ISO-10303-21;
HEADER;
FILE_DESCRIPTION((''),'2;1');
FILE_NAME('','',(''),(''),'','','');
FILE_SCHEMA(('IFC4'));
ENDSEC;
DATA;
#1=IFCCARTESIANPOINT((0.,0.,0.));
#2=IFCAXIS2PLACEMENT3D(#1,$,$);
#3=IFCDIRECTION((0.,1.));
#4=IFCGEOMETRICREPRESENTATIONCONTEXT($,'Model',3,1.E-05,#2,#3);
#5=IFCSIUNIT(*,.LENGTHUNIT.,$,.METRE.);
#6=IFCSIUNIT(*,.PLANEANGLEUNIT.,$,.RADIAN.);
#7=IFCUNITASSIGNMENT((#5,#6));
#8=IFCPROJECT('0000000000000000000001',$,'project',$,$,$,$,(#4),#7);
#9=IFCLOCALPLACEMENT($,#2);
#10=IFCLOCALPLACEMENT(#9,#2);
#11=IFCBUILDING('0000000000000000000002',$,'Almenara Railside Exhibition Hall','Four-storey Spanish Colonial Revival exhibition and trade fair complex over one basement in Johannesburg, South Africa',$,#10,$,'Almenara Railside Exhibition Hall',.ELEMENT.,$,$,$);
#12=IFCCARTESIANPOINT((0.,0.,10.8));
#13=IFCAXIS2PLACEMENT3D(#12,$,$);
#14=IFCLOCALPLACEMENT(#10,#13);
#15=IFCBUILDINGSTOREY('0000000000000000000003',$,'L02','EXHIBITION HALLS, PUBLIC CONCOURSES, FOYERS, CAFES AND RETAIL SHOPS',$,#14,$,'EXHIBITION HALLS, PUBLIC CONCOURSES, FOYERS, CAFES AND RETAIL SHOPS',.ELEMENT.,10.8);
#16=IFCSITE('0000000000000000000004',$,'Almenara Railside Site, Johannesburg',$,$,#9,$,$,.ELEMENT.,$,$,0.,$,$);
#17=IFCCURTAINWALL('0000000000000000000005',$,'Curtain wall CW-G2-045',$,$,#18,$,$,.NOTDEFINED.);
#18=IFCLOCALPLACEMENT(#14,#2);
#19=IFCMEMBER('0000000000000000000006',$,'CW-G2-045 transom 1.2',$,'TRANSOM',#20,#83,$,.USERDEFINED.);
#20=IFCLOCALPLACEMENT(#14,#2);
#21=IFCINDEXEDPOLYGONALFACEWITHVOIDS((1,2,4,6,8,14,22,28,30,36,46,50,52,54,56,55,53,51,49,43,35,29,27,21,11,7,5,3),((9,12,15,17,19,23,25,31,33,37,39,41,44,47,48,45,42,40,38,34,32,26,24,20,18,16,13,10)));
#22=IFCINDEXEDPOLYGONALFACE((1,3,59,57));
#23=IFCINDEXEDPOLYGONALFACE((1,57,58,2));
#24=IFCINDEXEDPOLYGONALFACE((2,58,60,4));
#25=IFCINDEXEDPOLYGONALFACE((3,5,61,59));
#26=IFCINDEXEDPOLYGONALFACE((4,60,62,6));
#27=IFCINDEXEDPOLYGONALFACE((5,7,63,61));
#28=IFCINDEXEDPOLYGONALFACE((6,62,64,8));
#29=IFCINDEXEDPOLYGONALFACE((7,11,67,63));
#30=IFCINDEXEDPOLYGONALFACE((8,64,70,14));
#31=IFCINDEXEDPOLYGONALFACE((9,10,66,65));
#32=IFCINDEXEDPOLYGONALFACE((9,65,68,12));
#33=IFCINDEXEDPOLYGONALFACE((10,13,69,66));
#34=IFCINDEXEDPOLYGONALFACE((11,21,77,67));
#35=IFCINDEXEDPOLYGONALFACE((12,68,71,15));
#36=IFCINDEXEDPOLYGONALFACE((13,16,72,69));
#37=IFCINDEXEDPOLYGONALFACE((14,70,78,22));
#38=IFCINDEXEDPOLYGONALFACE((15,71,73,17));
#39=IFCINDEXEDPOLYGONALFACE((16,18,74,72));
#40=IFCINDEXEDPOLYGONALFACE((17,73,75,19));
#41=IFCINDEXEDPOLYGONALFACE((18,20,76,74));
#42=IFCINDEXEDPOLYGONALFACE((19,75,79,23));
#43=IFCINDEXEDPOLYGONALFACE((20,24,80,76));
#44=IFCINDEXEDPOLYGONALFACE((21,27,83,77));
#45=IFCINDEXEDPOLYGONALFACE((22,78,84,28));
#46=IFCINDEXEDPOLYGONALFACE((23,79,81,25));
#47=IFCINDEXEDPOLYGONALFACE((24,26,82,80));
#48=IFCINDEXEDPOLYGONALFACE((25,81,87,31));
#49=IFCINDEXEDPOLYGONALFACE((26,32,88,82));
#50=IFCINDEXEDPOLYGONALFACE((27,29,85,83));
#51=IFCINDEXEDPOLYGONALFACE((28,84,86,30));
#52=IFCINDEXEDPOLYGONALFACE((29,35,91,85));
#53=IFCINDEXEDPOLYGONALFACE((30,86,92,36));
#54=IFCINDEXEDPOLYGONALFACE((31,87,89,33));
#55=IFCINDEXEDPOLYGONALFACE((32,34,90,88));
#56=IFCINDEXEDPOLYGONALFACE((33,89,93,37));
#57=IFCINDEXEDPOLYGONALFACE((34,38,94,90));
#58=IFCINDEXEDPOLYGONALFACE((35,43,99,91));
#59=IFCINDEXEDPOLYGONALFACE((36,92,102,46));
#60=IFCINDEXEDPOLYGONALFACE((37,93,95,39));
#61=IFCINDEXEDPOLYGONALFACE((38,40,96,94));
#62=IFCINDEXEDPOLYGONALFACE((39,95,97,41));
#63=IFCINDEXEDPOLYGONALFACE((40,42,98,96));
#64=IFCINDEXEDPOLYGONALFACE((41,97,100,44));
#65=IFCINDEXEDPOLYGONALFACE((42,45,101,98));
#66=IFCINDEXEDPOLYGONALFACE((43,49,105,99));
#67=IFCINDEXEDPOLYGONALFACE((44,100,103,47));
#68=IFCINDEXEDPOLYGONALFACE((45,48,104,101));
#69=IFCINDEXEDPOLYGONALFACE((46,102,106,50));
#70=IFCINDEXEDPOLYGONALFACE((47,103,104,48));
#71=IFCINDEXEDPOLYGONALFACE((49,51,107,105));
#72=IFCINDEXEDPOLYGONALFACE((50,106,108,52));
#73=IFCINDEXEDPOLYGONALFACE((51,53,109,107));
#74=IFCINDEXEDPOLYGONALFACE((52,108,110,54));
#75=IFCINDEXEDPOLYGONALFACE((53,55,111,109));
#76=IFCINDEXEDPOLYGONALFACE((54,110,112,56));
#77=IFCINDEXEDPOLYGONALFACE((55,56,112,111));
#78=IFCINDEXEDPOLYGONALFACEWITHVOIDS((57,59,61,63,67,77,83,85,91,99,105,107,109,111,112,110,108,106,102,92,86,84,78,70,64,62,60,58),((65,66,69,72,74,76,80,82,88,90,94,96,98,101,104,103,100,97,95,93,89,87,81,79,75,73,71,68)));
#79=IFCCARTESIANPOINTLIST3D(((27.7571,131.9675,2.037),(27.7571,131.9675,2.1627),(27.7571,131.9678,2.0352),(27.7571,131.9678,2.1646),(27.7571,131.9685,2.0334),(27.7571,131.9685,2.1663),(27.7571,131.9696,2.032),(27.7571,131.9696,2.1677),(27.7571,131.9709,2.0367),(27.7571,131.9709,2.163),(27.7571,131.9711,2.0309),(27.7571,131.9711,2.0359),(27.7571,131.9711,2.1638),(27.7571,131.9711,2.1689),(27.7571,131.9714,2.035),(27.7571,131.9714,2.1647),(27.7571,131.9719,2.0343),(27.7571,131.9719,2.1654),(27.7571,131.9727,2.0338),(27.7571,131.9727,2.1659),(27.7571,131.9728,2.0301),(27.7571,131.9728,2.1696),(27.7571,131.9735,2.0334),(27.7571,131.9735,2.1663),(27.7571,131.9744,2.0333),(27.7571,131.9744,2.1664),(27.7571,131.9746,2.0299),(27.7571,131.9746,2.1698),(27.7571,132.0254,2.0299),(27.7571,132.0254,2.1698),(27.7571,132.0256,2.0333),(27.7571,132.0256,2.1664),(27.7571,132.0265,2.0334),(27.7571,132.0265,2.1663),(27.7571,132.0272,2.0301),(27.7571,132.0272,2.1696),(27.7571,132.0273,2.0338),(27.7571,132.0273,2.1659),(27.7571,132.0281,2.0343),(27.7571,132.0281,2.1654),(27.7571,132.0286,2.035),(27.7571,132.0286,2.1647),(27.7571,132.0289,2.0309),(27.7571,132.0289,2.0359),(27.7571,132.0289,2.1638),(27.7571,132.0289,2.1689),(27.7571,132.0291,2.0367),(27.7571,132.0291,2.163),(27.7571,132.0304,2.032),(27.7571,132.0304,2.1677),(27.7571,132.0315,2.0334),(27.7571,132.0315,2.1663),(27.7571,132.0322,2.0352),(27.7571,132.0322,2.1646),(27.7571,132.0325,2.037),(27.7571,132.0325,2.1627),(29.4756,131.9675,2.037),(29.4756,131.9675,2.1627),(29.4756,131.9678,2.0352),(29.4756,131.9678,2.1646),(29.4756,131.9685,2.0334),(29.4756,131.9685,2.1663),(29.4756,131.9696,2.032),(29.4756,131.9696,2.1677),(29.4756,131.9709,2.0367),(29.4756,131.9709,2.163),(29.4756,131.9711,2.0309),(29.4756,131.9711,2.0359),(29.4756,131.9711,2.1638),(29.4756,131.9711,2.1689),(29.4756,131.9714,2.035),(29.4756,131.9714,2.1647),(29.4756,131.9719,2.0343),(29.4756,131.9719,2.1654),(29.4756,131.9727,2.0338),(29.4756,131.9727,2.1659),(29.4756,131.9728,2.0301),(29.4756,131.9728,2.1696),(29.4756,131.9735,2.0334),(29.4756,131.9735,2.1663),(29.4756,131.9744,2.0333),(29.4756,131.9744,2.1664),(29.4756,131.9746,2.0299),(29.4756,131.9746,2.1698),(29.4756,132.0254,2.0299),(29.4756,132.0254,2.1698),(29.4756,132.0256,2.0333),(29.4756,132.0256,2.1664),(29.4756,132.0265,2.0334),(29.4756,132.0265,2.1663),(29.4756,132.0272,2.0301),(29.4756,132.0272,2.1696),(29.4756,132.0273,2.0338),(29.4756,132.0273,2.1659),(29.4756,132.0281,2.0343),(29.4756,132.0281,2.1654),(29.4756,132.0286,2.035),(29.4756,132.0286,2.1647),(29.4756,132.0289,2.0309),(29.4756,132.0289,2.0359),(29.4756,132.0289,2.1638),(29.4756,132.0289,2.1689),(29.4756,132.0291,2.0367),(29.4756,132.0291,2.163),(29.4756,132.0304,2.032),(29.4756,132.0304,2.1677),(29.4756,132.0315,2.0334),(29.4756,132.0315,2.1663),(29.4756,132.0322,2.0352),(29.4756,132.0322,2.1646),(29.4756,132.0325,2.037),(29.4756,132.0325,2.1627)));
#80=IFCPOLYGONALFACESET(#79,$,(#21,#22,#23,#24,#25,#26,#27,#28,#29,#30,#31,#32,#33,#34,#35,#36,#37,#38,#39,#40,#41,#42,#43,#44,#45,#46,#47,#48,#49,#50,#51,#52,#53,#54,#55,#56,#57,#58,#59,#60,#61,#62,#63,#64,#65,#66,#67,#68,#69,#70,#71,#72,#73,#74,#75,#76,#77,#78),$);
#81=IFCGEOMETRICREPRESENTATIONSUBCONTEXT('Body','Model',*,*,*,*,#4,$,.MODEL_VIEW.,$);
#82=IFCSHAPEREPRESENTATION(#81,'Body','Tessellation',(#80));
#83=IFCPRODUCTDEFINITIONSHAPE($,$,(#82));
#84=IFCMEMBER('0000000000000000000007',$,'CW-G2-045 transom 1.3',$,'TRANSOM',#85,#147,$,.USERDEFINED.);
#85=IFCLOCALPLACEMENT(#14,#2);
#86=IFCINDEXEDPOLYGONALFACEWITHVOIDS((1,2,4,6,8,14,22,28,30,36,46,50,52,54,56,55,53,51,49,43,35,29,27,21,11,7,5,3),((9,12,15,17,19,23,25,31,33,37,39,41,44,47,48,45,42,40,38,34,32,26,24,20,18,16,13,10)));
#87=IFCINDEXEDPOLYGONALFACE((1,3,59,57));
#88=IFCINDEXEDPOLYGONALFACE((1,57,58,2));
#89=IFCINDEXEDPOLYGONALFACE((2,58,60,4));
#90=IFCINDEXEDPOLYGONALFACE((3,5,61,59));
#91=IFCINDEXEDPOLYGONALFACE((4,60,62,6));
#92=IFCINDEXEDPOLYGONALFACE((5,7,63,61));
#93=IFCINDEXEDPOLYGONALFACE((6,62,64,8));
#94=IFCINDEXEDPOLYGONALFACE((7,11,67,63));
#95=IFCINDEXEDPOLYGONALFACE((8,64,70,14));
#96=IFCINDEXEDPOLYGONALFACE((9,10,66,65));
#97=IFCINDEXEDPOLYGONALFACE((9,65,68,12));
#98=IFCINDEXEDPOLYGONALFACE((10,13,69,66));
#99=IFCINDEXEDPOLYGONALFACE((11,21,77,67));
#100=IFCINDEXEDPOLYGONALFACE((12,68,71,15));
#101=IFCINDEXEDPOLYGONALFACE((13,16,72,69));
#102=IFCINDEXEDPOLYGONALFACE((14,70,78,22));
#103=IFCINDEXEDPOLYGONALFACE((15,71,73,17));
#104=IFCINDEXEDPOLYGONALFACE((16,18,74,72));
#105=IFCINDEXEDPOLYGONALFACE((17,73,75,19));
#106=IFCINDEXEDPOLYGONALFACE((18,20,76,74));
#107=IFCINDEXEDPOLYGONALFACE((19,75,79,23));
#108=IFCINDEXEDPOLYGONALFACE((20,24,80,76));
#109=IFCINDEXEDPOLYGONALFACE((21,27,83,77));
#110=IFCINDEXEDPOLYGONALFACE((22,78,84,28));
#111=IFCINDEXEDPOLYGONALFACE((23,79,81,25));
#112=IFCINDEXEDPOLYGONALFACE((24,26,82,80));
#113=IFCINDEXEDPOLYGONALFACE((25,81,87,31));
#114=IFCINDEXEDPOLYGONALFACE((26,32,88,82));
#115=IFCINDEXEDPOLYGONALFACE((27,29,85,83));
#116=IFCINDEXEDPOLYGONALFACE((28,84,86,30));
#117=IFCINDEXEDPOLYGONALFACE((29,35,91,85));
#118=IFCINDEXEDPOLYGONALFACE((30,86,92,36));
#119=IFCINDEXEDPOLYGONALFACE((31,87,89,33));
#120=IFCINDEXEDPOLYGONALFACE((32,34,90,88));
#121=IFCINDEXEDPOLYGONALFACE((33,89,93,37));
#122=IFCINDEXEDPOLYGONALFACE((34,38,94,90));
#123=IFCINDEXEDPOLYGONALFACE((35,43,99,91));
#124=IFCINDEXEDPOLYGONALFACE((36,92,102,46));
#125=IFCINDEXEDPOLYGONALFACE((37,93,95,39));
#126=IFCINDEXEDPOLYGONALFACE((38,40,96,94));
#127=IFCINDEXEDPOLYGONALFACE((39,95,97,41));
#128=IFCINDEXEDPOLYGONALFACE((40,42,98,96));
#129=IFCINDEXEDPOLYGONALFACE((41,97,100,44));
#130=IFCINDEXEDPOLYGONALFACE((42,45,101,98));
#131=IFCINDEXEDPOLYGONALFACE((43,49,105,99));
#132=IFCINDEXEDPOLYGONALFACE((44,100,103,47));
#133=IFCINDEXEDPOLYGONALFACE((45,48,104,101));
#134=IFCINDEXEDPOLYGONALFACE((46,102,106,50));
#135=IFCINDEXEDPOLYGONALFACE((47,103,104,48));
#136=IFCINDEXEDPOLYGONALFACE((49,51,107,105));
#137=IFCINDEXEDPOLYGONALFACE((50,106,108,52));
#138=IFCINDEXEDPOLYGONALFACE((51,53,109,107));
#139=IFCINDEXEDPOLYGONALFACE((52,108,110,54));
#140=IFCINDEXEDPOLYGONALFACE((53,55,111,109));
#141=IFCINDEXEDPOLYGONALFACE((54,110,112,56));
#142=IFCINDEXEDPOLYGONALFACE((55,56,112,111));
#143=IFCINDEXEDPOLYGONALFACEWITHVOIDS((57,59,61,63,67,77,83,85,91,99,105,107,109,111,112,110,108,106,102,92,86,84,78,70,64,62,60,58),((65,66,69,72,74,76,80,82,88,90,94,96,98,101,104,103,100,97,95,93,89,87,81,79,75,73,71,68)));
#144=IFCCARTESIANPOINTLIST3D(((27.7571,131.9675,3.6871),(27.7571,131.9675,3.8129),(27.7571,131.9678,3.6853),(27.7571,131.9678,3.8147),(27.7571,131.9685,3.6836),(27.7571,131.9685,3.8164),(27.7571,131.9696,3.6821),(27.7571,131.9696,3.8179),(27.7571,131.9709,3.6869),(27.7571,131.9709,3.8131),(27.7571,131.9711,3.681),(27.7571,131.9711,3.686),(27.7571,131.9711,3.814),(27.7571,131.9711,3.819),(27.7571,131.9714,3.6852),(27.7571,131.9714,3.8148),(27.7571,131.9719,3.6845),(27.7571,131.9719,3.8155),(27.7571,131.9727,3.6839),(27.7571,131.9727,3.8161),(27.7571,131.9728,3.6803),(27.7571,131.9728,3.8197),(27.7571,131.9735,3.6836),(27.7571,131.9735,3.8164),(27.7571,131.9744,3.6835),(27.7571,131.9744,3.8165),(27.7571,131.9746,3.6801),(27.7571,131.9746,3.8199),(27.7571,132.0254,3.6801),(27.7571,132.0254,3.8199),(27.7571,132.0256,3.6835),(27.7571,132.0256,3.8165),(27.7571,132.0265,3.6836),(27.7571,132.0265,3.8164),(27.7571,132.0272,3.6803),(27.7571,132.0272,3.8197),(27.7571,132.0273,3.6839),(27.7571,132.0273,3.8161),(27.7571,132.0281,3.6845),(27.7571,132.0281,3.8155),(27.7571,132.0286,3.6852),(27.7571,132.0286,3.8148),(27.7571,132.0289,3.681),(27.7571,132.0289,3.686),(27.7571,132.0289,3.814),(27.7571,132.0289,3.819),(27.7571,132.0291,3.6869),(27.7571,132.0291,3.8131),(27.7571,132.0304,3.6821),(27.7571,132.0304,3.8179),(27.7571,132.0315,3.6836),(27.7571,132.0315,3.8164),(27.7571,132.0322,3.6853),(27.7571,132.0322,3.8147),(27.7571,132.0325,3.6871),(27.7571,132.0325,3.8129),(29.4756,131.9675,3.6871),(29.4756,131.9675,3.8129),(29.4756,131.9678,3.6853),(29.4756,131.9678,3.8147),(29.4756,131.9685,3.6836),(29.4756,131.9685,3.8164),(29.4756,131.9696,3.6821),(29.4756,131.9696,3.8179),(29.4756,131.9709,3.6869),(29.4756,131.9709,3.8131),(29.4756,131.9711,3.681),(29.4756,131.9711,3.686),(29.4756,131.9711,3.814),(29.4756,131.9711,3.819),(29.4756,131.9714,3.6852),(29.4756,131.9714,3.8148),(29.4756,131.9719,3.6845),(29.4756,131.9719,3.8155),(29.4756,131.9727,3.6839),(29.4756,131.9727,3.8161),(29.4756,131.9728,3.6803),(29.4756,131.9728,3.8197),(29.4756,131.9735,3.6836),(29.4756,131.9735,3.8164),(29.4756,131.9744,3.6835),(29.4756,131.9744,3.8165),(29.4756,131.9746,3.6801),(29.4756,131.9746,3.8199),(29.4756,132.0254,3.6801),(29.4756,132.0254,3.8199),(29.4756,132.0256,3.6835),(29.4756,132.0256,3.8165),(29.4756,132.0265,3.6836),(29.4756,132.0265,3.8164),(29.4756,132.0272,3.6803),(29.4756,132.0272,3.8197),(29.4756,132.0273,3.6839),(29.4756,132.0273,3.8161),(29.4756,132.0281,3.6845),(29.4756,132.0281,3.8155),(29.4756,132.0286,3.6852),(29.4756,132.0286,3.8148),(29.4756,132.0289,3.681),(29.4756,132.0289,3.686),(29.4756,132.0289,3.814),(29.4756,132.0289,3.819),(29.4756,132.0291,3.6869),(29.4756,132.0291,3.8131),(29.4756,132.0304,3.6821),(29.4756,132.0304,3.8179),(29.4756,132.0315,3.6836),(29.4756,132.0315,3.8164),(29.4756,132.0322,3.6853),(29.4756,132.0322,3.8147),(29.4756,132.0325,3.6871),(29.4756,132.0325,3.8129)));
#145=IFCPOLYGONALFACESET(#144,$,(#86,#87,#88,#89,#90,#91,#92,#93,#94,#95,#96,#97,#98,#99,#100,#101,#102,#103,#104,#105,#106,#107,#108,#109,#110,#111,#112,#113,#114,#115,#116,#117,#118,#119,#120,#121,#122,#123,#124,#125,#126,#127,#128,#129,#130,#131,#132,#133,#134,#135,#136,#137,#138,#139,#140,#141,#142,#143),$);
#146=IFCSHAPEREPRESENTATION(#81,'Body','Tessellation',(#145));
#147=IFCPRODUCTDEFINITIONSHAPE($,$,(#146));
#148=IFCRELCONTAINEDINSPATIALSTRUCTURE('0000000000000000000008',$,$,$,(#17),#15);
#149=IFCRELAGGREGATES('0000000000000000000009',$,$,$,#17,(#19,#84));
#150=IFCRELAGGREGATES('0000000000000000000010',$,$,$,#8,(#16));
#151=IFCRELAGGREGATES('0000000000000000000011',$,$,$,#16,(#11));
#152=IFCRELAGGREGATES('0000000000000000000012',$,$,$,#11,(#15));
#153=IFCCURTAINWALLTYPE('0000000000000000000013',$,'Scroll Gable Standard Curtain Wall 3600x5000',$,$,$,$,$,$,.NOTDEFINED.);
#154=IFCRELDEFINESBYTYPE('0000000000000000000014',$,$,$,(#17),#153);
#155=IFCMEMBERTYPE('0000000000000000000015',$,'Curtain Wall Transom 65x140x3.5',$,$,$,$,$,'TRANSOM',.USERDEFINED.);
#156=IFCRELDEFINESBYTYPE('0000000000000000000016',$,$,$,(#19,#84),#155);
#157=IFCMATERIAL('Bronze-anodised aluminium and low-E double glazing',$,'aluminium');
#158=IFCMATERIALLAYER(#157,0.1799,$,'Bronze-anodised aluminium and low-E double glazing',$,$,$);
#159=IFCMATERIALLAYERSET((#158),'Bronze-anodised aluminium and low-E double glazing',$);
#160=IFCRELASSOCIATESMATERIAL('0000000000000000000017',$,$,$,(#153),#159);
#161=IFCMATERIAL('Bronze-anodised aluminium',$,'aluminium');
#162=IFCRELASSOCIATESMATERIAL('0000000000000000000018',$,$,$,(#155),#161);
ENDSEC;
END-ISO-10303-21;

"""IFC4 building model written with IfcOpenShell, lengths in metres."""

from ifc_helpers import new_model, si_unit, direction, frame, origin, origin_2d, place, context, subcontext, project, spatial, hollow_rectangle, extrude, material, layer, layer_set, material_profile, profile_set, type_object, element, aggregate, save


model = new_model("IFC4")

# Units and contexts
model_context = context("Model", 3, precision=1e-05, world=origin(), true_north=direction((0.0, 1.0)))
body_context = subcontext(model_context, "Body", "Model", "MODEL_VIEW")
ifc_project = project(units=[si_unit("LENGTHUNIT", "METRE"), si_unit("PLANEANGLEUNIT", "RADIAN")], contexts=[model_context])

# Site, building, storey
site_placement = place(None, origin())
site = spatial("IfcSite", under=ifc_project, at=site_placement, Name="Almenara Railside Site, Johannesburg", CompositionType="ELEMENT", RefElevation=0.0)
building_placement = place(site_placement, origin())
building = spatial("IfcBuilding", under=site, at=building_placement, Name="Almenara Railside Exhibition Hall", Description="Four-storey Spanish Colonial Revival exhibition and trade fair complex over one basement in Johannesburg, South Africa", LongName="Almenara Railside Exhibition Hall", CompositionType="ELEMENT")
storey_placement = place(building_placement, frame((0.0, 0.0, 10.8)))
storey = spatial("IfcBuildingStorey", under=building, at=storey_placement, Name="L02", Description="EXHIBITION HALLS, PUBLIC CONCOURSES, FOYERS, CAFES AND RETAIL SHOPS", LongName="EXHIBITION HALLS, PUBLIC CONCOURSES, FOYERS, CAFES AND RETAIL SHOPS", CompositionType="ELEMENT", Elevation=10.8)

# Curtain wall
ifc_material_1 = material(Name="Bronze-anodised aluminium and low-E double glazing", Category="aluminium")
ifc_layer_1 = layer(ifc_material_1, 0.1799, Name="Bronze-anodised aluminium and low-E double glazing")
ifc_layer_set_1 = layer_set([ifc_layer_1], Name="Bronze-anodised aluminium and low-E double glazing")
curtain_wall_type = type_object("IfcCurtainWallType", Name="Scroll Gable Standard Curtain Wall 3600x5000", PredefinedType="NOTDEFINED", material=ifc_layer_set_1)
curtain_wall_1_placement = place(storey_placement, origin())
curtain_wall_1 = element("IfcCurtainWall", 1, at=curtain_wall_1_placement, inside=storey, type_object=curtain_wall_type, Name="Curtain wall CW-G2-045", PredefinedType="NOTDEFINED")
ifc_material_2 = material(Name="Bronze-anodised aluminium", Category="aluminium")

# Members
ifc_material_profile_1 = material_profile(ifc_material_2, hollow_rectangle(XDim=0.0649, YDim=0.1399, WallThickness=0.0034, InnerFilletRadius=0.0034, OuterFilletRadius=0.0071, at=origin_2d()), Name="ALU-TRN 65x140x3.5")
ifc_profile_set_1 = profile_set([ifc_material_profile_1], Name="Bronze-anodised aluminium")
member_type_1 = type_object("IfcMemberType", Name="Curtain Wall Transom 65x140x3.5", ElementType="TRANSOM", PredefinedType="USERDEFINED", material=ifc_profile_set_1)
member_1_placement = place(storey_placement, frame((27.7571, 132.0, 2.0999), z_axis=(1.0, 0.0, 0.0), x_axis=(0.0, 1.0, 0.0)))
member_1 = element("IfcMember", 2, at=member_1_placement, type_object=member_type_1, Name="CW-G2-045 transom 1.2", ObjectType="TRANSOM", PredefinedType="USERDEFINED", context=body_context, shape_type="SweptSolid", body=[
    extrude(hollow_rectangle(XDim=0.0649, YDim=0.1399, WallThickness=0.0034, InnerFilletRadius=0.0034, OuterFilletRadius=0.0071, at=origin_2d()), origin(), (0.0, 0.0, 1.0), 1.7185),
])
member_2_placement = place(storey_placement, frame((27.7571, 132.0, 3.75), z_axis=(1.0, 0.0, 0.0), x_axis=(0.0, 1.0, 0.0)))
member_2 = element("IfcMember", 3, at=member_2_placement, type_object=member_type_1, Name="CW-G2-045 transom 1.3", ObjectType="TRANSOM", PredefinedType="USERDEFINED", context=body_context, shape_type="SweptSolid", body=[
    extrude(hollow_rectangle(XDim=0.0649, YDim=0.1399, WallThickness=0.0034, InnerFilletRadius=0.0034, OuterFilletRadius=0.0071, at=origin_2d()), origin(), (0.0, 0.0, 1.0), 1.7185),
])

aggregate(curtain_wall_1, [member_1, member_2])

save(model, "model.ifc")
